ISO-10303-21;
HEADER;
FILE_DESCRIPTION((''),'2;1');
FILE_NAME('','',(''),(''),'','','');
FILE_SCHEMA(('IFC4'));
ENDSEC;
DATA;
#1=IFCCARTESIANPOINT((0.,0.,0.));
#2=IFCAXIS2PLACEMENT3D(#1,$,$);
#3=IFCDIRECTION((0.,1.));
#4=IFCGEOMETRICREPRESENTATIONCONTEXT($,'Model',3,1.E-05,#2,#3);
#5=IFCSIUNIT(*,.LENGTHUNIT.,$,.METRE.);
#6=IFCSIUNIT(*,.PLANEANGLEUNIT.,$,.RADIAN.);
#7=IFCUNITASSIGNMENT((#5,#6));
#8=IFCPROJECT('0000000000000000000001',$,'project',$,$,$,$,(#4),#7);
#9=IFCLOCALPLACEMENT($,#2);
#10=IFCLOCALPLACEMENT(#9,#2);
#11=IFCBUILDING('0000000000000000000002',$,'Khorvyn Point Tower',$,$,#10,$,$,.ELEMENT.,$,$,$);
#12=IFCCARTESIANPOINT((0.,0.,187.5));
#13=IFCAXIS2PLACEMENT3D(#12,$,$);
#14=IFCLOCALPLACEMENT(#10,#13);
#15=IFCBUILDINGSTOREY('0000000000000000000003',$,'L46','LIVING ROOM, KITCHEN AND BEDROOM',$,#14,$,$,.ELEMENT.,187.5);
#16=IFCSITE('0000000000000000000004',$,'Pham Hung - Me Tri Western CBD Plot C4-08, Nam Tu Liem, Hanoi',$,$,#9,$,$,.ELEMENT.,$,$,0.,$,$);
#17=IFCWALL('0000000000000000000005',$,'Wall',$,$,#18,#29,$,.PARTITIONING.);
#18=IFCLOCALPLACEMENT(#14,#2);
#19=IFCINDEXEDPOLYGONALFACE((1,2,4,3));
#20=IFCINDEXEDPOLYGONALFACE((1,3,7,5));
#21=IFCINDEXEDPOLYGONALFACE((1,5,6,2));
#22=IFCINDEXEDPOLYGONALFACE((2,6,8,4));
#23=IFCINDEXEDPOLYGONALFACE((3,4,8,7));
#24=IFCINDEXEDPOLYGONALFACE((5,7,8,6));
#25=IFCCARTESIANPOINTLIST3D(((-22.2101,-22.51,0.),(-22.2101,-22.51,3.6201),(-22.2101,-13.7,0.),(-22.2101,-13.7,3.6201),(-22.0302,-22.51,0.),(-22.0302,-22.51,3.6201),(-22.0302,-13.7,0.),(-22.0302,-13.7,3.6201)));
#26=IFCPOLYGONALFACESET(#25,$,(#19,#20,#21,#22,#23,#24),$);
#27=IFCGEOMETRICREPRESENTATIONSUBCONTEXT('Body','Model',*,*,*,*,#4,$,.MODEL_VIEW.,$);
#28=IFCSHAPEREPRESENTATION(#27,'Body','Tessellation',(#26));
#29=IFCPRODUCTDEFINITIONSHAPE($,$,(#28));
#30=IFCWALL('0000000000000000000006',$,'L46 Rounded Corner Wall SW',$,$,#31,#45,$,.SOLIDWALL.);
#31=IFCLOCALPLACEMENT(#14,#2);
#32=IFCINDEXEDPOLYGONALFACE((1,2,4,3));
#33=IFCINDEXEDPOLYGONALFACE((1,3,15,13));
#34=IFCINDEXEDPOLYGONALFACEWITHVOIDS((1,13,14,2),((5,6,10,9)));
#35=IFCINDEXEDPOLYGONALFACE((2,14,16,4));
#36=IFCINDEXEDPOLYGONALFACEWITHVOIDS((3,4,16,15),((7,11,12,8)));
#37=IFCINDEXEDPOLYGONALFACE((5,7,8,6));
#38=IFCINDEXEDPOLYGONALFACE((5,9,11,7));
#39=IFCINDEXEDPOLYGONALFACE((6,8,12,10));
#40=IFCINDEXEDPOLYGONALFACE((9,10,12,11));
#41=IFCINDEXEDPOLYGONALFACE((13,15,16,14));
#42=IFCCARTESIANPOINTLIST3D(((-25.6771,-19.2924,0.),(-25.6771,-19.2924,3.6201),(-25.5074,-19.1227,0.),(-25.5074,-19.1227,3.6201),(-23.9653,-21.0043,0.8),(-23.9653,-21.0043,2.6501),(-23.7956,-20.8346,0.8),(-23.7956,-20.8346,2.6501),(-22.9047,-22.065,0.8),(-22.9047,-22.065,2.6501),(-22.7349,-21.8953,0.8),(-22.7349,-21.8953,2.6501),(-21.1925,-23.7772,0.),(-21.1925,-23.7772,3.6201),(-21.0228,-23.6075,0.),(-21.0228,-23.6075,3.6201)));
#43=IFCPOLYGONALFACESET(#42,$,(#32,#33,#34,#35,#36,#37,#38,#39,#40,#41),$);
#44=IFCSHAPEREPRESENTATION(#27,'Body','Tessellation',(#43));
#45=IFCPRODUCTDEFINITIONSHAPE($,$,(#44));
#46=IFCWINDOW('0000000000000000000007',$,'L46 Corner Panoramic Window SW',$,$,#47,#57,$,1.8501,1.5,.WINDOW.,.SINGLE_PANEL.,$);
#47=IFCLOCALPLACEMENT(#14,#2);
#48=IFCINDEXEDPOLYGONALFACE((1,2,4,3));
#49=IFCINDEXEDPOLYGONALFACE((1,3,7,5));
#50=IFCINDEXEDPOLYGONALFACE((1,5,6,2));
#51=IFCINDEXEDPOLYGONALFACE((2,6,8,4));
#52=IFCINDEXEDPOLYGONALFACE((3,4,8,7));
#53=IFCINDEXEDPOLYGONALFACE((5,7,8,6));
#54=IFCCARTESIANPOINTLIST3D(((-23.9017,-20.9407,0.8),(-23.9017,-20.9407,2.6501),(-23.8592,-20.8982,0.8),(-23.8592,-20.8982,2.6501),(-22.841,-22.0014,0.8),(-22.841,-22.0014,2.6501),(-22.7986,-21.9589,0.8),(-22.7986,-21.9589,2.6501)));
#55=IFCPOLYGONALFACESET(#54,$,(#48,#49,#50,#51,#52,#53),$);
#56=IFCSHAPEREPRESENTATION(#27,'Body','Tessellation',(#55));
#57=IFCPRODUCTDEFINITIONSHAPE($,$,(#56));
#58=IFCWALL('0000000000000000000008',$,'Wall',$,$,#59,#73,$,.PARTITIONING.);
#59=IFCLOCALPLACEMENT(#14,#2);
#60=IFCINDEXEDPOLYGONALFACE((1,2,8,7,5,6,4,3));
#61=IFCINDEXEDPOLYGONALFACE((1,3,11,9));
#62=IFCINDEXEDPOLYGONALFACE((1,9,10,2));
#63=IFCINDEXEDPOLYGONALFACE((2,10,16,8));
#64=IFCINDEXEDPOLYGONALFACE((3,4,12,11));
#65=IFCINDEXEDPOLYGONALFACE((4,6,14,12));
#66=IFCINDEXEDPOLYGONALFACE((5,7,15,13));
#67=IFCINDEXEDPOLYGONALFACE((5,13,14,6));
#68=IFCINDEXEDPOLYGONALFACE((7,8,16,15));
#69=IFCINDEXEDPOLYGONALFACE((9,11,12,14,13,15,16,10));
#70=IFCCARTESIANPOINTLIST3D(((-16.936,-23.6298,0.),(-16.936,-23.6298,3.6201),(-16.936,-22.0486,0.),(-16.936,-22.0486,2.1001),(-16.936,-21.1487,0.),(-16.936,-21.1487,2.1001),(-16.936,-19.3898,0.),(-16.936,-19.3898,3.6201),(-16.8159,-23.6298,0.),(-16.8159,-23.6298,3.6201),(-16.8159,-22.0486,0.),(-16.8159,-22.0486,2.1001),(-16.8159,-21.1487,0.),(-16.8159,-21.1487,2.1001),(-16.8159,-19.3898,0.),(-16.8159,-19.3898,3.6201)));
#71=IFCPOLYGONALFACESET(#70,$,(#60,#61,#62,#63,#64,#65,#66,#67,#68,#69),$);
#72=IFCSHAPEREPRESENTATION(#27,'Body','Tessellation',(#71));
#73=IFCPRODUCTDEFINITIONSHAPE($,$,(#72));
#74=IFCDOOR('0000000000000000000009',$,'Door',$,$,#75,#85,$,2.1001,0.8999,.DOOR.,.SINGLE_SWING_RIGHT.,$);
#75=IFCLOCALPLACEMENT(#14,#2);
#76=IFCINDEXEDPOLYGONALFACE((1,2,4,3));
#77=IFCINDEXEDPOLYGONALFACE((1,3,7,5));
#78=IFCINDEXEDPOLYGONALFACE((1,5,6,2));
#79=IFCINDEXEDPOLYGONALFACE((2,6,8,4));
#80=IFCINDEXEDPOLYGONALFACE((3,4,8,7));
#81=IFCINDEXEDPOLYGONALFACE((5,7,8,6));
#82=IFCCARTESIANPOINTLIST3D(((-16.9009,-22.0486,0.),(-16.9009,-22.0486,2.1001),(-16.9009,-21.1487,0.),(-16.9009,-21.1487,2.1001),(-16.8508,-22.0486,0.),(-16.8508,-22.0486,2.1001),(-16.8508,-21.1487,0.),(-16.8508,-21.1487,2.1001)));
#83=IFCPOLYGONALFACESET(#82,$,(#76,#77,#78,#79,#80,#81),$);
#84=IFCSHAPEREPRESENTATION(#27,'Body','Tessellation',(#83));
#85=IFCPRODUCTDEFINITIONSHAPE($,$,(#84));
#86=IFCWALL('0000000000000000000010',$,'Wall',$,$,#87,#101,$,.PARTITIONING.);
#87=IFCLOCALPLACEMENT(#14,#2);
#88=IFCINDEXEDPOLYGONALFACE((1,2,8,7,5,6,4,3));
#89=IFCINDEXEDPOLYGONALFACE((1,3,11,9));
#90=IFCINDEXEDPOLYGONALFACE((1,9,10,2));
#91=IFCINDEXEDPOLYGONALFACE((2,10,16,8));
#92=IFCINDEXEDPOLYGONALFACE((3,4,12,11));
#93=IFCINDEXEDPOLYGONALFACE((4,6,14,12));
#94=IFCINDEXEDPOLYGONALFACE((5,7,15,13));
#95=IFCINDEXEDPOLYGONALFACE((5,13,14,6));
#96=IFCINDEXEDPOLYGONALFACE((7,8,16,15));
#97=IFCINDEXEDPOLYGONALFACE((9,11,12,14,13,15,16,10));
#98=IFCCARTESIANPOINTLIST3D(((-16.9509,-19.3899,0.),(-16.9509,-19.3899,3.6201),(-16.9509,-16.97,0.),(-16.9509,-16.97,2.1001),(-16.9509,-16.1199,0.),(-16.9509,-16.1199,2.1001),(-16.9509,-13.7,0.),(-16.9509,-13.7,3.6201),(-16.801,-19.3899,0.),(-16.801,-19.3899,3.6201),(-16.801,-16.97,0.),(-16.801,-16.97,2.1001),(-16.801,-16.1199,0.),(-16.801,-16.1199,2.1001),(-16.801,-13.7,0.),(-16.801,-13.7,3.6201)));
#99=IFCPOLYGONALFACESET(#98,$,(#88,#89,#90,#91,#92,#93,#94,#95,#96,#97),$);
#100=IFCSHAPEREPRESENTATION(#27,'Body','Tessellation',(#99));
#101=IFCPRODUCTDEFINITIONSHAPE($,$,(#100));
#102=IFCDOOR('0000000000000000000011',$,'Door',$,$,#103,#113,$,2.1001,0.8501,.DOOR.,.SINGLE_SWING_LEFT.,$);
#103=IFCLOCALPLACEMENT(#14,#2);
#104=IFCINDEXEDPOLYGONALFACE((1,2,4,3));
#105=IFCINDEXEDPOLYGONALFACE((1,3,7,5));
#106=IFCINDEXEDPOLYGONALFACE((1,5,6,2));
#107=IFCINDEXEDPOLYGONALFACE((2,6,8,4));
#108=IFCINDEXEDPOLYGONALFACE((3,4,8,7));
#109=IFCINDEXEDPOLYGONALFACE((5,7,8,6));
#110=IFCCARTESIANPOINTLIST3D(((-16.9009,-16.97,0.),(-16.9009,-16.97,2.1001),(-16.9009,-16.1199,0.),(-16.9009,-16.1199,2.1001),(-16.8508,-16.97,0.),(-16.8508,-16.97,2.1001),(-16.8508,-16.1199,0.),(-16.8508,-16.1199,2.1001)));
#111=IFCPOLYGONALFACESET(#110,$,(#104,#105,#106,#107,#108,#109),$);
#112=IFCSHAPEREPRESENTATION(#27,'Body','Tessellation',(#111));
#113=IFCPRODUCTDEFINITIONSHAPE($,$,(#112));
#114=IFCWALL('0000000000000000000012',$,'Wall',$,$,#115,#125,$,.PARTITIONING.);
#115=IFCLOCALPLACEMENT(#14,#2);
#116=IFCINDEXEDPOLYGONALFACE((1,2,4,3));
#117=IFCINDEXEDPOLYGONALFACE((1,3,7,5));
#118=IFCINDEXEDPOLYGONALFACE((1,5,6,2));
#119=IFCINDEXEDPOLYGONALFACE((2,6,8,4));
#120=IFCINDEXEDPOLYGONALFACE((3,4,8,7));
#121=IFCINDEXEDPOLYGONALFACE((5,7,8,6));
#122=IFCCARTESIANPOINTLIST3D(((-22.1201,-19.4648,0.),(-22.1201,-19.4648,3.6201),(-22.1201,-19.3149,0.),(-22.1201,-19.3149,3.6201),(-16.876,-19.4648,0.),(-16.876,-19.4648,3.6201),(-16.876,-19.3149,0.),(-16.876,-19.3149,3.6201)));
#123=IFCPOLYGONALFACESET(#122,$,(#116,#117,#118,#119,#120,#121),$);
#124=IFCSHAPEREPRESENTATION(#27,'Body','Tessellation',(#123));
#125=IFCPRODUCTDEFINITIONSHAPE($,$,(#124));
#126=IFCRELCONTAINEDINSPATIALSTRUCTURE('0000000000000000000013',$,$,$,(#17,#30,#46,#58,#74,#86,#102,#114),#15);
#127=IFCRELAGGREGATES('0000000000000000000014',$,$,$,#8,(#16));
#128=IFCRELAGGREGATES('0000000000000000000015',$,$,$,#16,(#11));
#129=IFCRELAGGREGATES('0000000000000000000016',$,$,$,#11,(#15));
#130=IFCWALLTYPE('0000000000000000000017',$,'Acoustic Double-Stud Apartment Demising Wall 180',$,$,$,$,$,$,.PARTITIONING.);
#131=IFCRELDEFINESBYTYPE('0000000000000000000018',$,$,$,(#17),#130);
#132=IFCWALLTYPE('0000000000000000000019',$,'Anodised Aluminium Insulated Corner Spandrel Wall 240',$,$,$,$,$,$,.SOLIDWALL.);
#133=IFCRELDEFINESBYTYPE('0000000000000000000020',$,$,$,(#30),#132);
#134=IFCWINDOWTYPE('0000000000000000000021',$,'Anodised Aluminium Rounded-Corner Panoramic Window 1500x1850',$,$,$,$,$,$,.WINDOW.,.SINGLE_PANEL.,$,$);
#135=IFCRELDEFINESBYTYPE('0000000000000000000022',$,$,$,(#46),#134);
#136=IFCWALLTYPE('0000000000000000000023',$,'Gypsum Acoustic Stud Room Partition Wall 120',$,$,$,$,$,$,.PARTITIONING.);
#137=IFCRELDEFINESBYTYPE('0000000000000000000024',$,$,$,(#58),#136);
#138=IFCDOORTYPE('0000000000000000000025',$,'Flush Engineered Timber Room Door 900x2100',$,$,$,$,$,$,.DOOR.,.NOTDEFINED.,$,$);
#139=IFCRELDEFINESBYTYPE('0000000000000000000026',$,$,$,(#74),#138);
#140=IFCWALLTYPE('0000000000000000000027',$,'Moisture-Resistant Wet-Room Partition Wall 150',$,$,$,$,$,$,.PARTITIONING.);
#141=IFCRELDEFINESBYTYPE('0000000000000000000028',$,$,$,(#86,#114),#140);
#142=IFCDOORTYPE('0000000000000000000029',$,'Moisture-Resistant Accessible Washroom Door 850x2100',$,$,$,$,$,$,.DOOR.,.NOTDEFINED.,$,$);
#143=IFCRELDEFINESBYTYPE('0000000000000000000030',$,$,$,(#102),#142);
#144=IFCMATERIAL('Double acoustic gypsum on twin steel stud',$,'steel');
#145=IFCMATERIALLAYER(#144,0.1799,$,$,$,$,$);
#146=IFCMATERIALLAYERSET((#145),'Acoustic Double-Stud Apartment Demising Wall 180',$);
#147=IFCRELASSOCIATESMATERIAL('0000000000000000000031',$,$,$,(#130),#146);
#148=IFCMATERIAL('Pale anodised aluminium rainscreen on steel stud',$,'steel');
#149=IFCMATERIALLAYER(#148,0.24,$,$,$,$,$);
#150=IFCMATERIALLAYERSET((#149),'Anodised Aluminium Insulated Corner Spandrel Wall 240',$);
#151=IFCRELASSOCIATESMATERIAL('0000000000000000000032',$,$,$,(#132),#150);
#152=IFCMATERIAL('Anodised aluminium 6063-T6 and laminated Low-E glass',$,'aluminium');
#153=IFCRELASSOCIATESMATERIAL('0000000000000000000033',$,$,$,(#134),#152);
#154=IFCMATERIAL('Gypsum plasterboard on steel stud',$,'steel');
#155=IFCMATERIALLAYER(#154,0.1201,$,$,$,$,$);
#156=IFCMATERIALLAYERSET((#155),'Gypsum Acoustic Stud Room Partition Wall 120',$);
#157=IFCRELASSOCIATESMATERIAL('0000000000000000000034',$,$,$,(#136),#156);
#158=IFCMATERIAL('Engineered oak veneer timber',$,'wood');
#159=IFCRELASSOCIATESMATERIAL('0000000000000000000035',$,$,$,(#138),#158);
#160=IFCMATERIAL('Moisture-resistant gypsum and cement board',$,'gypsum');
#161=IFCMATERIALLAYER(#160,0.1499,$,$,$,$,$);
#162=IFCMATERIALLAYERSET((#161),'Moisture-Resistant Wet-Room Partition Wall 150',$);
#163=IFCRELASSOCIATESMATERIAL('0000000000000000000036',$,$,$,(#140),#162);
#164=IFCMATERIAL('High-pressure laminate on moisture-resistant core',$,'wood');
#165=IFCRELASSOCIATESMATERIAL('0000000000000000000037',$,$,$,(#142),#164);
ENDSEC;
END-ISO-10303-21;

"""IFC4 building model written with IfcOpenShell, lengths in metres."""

from ifc_helpers import new_model, si_unit, direction, frame, frame_2d, origin, place, context, subcontext, project, spatial, rectangle, extrude, material, layer, layer_set, type_object, element, fill, save


model = new_model("IFC4")

# Units and contexts
model_context = context("Model", 3, precision=1e-05, world=origin(), true_north=direction((0.0, 1.0)))
body_context = subcontext(model_context, "Body", "Model", "MODEL_VIEW")
ifc_project = project(units=[si_unit("LENGTHUNIT", "METRE"), si_unit("PLANEANGLEUNIT", "RADIAN")], contexts=[model_context])

# Site, building, storey
site_placement = place(None, origin())
site = spatial("IfcSite", under=ifc_project, at=site_placement, Name="Pham Hung - Me Tri Western CBD Plot C4-08, Nam Tu Liem, Hanoi", CompositionType="ELEMENT", RefElevation=0.0)
building_placement = place(site_placement, origin())
building = spatial("IfcBuilding", under=site, at=building_placement, Name="Khorvyn Point Tower", CompositionType="ELEMENT")
storey_placement = place(building_placement, frame((0.0, 0.0, 187.5)))
storey = spatial("IfcBuildingStorey", under=building, at=storey_placement, Name="L46", Description="LIVING ROOM, KITCHEN AND BEDROOM", CompositionType="ELEMENT", Elevation=187.5)

# Shared definitions
ifc_material_1 = material(Name="Anodised aluminium 6063-T6 and laminated Low-E glass", Category="aluminium")

# Wall
ifc_material_2 = material(Name="Double acoustic gypsum on twin steel stud", Category="steel")
ifc_layer_1 = layer(ifc_material_2, 0.1799)
ifc_layer_set_1 = layer_set([ifc_layer_1], Name="Acoustic Double-Stud Apartment Demising Wall 180")
wall_type_1 = type_object("IfcWallType", Name="Acoustic Double-Stud Apartment Demising Wall 180", PredefinedType="PARTITIONING", material=ifc_layer_set_1)
wall_1_placement = place(storey_placement, frame((-22.1201, -22.51, 0.0), z_axis=(0.0, 0.0, 1.0), x_axis=(0.0, 1.0, 0.0)))
element("IfcWall", 1, at=wall_1_placement, inside=storey, type_object=wall_type_1, Name="Wall", PredefinedType="PARTITIONING", context=body_context, shape_type="SweptSolid", body=[
    extrude(rectangle(XDim=8.8101, YDim=0.1799, at=frame_2d((4.405, 0.0))), origin(), (0.0, 0.0, 1.0), 3.6201),
])

# Wall, opening, window
ifc_material_3 = material(Name="Pale anodised aluminium rainscreen on steel stud", Category="steel")
ifc_layer_2 = layer(ifc_material_3, 0.24)
ifc_layer_set_2 = layer_set([ifc_layer_2], Name="Anodised Aluminium Insulated Corner Spandrel Wall 240")
wall_type_2 = type_object("IfcWallType", Name="Anodised Aluminium Insulated Corner Spandrel Wall 240", PredefinedType="SOLIDWALL", material=ifc_layer_set_2)
wall_2_placement = place(storey_placement, frame((-21.1077, -23.6924, 0.0), z_axis=(0.0, 0.0, 1.0), x_axis=(-0.707088, 0.707126, 0.0)))
wall_2 = element("IfcWall", 2, at=wall_2_placement, inside=storey, type_object=wall_type_2, Name="L46 Rounded Corner Wall SW", PredefinedType="SOLIDWALL", context=body_context, shape_type="SweptSolid", body=[
    extrude(rectangle(XDim=6.3423, YDim=0.24, at=frame_2d((3.1711, 0.0))), origin(), (0.0, 0.0, 1.0), 3.6201),
])
opening_1_placement = place(wall_2_placement, frame((2.4214, 0.0, 0.8)))
opening_1 = element("IfcOpeningElement", 3, at=opening_1_placement, cuts=wall_2, PredefinedType="OPENING", context=body_context, shape_type="SweptSolid", body=[
    extrude(rectangle(XDim=1.5, YDim=1.8501, at=frame_2d((0.75, 0.925))), frame((0.0, 0.1299, 0.0), z_axis=(0.0, -1.0, 0.0), x_axis=(1.0, 0.0, 0.0)), (0.0, 0.0, 1.0), 0.26),
])
window_type = type_object("IfcWindowType", Name="Anodised Aluminium Rounded-Corner Panoramic Window 1500x1850", PartitioningType="SINGLE_PANEL", PredefinedType="WINDOW", material=ifc_material_1)
window_placement = place(opening_1_placement, origin())
window = element("IfcWindow", 4, at=window_placement, inside=storey, type_object=window_type, Name="L46 Corner Panoramic Window SW", OverallHeight=1.8501, OverallWidth=1.5, PartitioningType="SINGLE_PANEL", PredefinedType="WINDOW", context=body_context, shape_type="SweptSolid", body=[
    extrude(rectangle(XDim=1.5, YDim=1.8501, at=frame_2d((0.75, 0.925))), frame((0.0, 0.03, 0.0), z_axis=(0.0, -1.0, 0.0), x_axis=(1.0, 0.0, 0.0)), (0.0, 0.0, 1.0), 0.0601),
])
fill(opening_1, window)

# Walls, openings, doors
ifc_material_4 = material(Name="Gypsum plasterboard on steel stud", Category="steel")
ifc_layer_3 = layer(ifc_material_4, 0.1201)
ifc_layer_set_3 = layer_set([ifc_layer_3], Name="Gypsum Acoustic Stud Room Partition Wall 120")
wall_type_3 = type_object("IfcWallType", Name="Gypsum Acoustic Stud Room Partition Wall 120", PredefinedType="PARTITIONING", material=ifc_layer_set_3)
wall_3_placement = place(storey_placement, frame((-16.876, -23.6299, 0.0), z_axis=(0.0, 0.0, 1.0), x_axis=(0.0, 1.0, 0.0)))
wall_3 = element("IfcWall", 5, at=wall_3_placement, inside=storey, type_object=wall_type_3, Name="Wall", PredefinedType="PARTITIONING", context=body_context, shape_type="SweptSolid", body=[
    extrude(rectangle(XDim=4.24, YDim=0.1201, at=frame_2d((2.1201, 0.0))), origin(), (0.0, 0.0, 1.0), 3.6201),
])
opening_2_placement = place(wall_3_placement, frame((1.5813, 0.0, 0.0)))
opening_2 = element("IfcOpeningElement", 6, at=opening_2_placement, cuts=wall_3, PredefinedType="OPENING", context=body_context, shape_type="SweptSolid", body=[
    extrude(rectangle(XDim=0.8999, YDim=2.1001, at=frame_2d((0.45, 1.05))), frame((0.0, 0.0701, 0.0), z_axis=(0.0, -1.0, 0.0), x_axis=(1.0, 0.0, 0.0)), (0.0, 0.0, 1.0), 0.1401),
])
ifc_material_5 = material(Name="Engineered oak veneer timber", Category="wood")
door_type_1 = type_object("IfcDoorType", Name="Flush Engineered Timber Room Door 900x2100", OperationType="NOTDEFINED", PredefinedType="DOOR", material=ifc_material_5)
door_1_placement = place(opening_2_placement, origin())
door_1 = element("IfcDoor", 7, at=door_1_placement, inside=storey, type_object=door_type_1, Name="Door", OperationType="SINGLE_SWING_RIGHT", OverallHeight=2.1001, OverallWidth=0.8999, PredefinedType="DOOR", context=body_context, shape_type="SweptSolid", body=[
    extrude(rectangle(XDim=0.8999, YDim=2.1001, at=frame_2d((0.45, 1.05))), frame((0.0, 0.0249, 0.0), z_axis=(0.0, -1.0, 0.0), x_axis=(1.0, 0.0, 0.0)), (0.0, 0.0, 1.0), 0.05),
])
fill(opening_2, door_1)
ifc_material_6 = material(Name="Moisture-resistant gypsum and cement board", Category="gypsum")
ifc_layer_4 = layer(ifc_material_6, 0.1499)
ifc_layer_set_4 = layer_set([ifc_layer_4], Name="Moisture-Resistant Wet-Room Partition Wall 150")
wall_type_4 = type_object("IfcWallType", Name="Moisture-Resistant Wet-Room Partition Wall 150", PredefinedType="PARTITIONING", material=ifc_layer_set_4)
wall_4_placement = place(storey_placement, frame((-16.876, -19.3899, 0.0), z_axis=(0.0, 0.0, 1.0), x_axis=(0.0, 1.0, 0.0)))
wall_4 = element("IfcWall", 8, at=wall_4_placement, inside=storey, type_object=wall_type_4, Name="Wall", PredefinedType="PARTITIONING", context=body_context, shape_type="SweptSolid", body=[
    extrude(rectangle(XDim=5.6899, YDim=0.1499, at=frame_2d((2.845, 0.0))), origin(), (0.0, 0.0, 1.0), 3.6201),
])
opening_3_placement = place(wall_4_placement, frame((2.4199, 0.0, 0.0)))
opening_3 = element("IfcOpeningElement", 9, at=opening_3_placement, cuts=wall_4, PredefinedType="OPENING", context=body_context, shape_type="SweptSolid", body=[
    extrude(rectangle(XDim=0.8501, YDim=2.1001, at=frame_2d((0.425, 1.05))), frame((0.0, 0.085, 0.0), z_axis=(0.0, -1.0, 0.0), x_axis=(1.0, 0.0, 0.0)), (0.0, 0.0, 1.0), 0.1699),
])
ifc_material_7 = material(Name="High-pressure laminate on moisture-resistant core", Category="wood")
door_type_2 = type_object("IfcDoorType", Name="Moisture-Resistant Accessible Washroom Door 850x2100", OperationType="NOTDEFINED", PredefinedType="DOOR", material=ifc_material_7)
door_2_placement = place(opening_3_placement, origin())
door_2 = element("IfcDoor", 10, at=door_2_placement, inside=storey, type_object=door_type_2, Name="Door", OperationType="SINGLE_SWING_LEFT", OverallHeight=2.1001, OverallWidth=0.8501, PredefinedType="DOOR", context=body_context, shape_type="SweptSolid", body=[
    extrude(rectangle(XDim=0.8501, YDim=2.1001, at=frame_2d((0.425, 1.05))), frame((0.0, 0.0249, 0.0), z_axis=(0.0, -1.0, 0.0), x_axis=(1.0, 0.0, 0.0)), (0.0, 0.0, 1.0), 0.05),
])
fill(opening_3, door_2)

# Wall
wall_5_placement = place(storey_placement, frame((-22.1201, -19.3899, 0.0), z_axis=(0.0, 0.0, 1.0), x_axis=(1.0, 0.0, 0.0)))
element("IfcWall", 11, at=wall_5_placement, inside=storey, type_object=wall_type_4, Name="Wall", PredefinedType="PARTITIONING", context=body_context, shape_type="SweptSolid", body=[
    extrude(rectangle(XDim=5.2441, YDim=0.1499, at=frame_2d((2.6221, 0.0))), origin(), (0.0, 0.0, 1.0), 3.6201),
])

save(model, "model.ifc")
